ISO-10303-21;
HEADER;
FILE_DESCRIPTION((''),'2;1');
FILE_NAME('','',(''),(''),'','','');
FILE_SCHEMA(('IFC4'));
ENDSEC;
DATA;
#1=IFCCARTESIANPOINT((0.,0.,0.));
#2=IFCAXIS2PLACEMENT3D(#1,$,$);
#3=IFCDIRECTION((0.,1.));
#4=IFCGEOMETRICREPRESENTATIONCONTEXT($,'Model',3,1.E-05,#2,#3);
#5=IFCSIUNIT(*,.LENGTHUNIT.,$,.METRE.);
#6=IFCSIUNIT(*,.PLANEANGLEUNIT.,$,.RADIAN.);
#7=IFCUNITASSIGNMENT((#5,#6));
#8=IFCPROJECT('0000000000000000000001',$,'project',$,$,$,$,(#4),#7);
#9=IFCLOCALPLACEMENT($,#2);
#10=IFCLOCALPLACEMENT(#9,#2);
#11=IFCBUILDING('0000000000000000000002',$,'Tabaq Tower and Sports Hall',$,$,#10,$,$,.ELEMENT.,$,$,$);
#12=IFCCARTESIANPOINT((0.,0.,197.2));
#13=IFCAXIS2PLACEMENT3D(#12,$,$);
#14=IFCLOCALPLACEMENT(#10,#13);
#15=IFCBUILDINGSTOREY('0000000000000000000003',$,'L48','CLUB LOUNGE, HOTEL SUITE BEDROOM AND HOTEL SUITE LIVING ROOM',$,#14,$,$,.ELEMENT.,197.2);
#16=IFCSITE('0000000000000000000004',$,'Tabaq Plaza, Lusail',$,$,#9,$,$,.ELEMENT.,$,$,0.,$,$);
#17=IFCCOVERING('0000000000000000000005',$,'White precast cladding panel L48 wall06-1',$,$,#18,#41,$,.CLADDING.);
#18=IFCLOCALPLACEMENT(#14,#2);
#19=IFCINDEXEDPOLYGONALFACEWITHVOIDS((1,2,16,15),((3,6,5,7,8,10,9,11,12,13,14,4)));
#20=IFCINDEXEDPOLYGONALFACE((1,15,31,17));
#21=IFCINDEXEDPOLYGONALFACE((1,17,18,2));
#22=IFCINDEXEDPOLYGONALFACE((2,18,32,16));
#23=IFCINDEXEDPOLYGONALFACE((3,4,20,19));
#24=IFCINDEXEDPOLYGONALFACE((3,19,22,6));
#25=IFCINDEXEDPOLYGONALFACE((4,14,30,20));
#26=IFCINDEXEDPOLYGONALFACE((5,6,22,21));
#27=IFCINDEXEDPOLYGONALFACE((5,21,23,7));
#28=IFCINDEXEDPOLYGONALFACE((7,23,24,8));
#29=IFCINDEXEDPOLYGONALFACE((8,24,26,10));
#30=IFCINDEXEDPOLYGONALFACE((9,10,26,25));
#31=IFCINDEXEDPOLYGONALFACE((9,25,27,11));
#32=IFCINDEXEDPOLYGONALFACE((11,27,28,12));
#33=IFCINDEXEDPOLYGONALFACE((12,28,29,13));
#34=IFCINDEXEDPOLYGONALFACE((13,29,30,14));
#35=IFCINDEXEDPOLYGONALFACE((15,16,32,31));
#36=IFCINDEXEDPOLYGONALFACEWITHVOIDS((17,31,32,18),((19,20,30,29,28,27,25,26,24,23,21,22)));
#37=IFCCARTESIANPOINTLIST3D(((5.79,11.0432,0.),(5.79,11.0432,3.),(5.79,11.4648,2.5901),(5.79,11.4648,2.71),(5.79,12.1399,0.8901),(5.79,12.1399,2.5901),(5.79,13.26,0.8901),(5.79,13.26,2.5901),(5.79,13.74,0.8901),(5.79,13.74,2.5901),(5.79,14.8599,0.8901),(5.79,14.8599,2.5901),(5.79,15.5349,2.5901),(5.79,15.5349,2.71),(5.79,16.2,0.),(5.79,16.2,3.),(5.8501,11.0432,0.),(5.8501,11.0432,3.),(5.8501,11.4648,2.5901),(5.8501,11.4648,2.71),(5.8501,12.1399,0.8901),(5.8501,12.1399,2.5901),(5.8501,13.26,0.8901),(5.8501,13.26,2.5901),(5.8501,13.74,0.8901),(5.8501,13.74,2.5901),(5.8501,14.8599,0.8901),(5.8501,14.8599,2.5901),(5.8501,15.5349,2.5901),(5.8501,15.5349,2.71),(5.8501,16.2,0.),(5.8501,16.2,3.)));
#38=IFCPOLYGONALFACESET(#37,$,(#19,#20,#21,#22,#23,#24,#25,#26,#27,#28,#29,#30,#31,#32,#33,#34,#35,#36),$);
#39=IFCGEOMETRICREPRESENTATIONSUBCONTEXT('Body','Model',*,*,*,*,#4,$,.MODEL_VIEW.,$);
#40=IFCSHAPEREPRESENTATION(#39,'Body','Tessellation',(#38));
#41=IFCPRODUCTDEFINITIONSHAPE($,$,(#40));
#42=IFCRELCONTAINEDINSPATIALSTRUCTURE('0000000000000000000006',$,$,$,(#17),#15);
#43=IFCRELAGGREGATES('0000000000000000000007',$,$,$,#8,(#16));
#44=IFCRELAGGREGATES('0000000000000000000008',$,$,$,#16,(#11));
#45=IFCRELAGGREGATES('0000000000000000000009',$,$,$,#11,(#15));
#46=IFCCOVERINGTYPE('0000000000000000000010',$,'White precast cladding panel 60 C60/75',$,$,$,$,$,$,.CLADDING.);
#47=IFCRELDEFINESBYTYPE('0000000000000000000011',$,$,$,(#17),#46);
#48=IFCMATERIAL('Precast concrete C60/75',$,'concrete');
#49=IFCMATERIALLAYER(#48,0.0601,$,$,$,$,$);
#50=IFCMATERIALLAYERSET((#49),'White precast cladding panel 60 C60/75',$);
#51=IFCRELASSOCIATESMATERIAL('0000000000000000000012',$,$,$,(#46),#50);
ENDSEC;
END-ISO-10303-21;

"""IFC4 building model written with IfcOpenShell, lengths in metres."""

from ifc_helpers import new_model, si_unit, direction, frame, origin, place, context, subcontext, project, spatial, polyline, outline, extrude, material, layer, layer_set, type_object, element, save


model = new_model("IFC4")

# Units and contexts
model_context = context("Model", 3, precision=1e-05, world=origin(), true_north=direction((0.0, 1.0)))
body_context = subcontext(model_context, "Body", "Model", "MODEL_VIEW")
ifc_project = project(units=[si_unit("LENGTHUNIT", "METRE"), si_unit("PLANEANGLEUNIT", "RADIAN")], contexts=[model_context])

# Site, building, storey
site_placement = place(None, origin())
site = spatial("IfcSite", under=ifc_project, at=site_placement, Name="Tabaq Plaza, Lusail", CompositionType="ELEMENT", RefElevation=0.0)
building_placement = place(site_placement, origin())
building = spatial("IfcBuilding", under=site, at=building_placement, Name="Tabaq Tower and Sports Hall", CompositionType="ELEMENT")
storey_placement = place(building_placement, frame((0.0, 0.0, 197.2)))
storey = spatial("IfcBuildingStorey", under=building, at=storey_placement, Name="L48", Description="CLUB LOUNGE, HOTEL SUITE BEDROOM AND HOTEL SUITE LIVING ROOM", CompositionType="ELEMENT", Elevation=197.2)

# Covering
ifc_material_1 = material(Name="Precast concrete C60/75", Category="concrete")
ifc_layer_1 = layer(ifc_material_1, 0.0601)
ifc_layer_set_1 = layer_set([ifc_layer_1], Name="White precast cladding panel 60 C60/75")
covering_type = type_object("IfcCoveringType", Name="White precast cladding panel 60 C60/75", PredefinedType="CLADDING", material=ifc_layer_set_1)
covering_placement = place(storey_placement, frame((5.8201, 16.2, 0.0), z_axis=(0.0, 0.0, 1.0), x_axis=(0.0, -1.0, 0.0)))
element("IfcCovering", 1, at=covering_placement, inside=storey, type_object=covering_type, Name="White precast cladding panel L48 wall06-1", PredefinedType="CLADDING", context=body_context, shape_type="SweptSolid", body=[
    extrude(outline(polyline([(0.0, 0.0), (5.1567, 0.0), (5.1567, 3.0), (0.0, 3.0), (0.0, 0.0)]), holes=[polyline([(1.3401, 2.5901), (0.665, 2.5901), (0.665, 2.71), (4.7351, 2.71), (4.7351, 2.5901), (4.0601, 2.5901), (4.0601, 0.8901), (2.9399, 0.8901), (2.9399, 2.5901), (2.46, 2.5901), (2.46, 0.8901), (1.3401, 0.8901), (1.3401, 2.5901)])]), frame((0.0, 0.03, 0.0), z_axis=(0.0, -1.0, 0.0), x_axis=(1.0, 0.0, 0.0)), (0.0, 0.0, 1.0), 0.0601),
])

save(model, "model.ifc")
